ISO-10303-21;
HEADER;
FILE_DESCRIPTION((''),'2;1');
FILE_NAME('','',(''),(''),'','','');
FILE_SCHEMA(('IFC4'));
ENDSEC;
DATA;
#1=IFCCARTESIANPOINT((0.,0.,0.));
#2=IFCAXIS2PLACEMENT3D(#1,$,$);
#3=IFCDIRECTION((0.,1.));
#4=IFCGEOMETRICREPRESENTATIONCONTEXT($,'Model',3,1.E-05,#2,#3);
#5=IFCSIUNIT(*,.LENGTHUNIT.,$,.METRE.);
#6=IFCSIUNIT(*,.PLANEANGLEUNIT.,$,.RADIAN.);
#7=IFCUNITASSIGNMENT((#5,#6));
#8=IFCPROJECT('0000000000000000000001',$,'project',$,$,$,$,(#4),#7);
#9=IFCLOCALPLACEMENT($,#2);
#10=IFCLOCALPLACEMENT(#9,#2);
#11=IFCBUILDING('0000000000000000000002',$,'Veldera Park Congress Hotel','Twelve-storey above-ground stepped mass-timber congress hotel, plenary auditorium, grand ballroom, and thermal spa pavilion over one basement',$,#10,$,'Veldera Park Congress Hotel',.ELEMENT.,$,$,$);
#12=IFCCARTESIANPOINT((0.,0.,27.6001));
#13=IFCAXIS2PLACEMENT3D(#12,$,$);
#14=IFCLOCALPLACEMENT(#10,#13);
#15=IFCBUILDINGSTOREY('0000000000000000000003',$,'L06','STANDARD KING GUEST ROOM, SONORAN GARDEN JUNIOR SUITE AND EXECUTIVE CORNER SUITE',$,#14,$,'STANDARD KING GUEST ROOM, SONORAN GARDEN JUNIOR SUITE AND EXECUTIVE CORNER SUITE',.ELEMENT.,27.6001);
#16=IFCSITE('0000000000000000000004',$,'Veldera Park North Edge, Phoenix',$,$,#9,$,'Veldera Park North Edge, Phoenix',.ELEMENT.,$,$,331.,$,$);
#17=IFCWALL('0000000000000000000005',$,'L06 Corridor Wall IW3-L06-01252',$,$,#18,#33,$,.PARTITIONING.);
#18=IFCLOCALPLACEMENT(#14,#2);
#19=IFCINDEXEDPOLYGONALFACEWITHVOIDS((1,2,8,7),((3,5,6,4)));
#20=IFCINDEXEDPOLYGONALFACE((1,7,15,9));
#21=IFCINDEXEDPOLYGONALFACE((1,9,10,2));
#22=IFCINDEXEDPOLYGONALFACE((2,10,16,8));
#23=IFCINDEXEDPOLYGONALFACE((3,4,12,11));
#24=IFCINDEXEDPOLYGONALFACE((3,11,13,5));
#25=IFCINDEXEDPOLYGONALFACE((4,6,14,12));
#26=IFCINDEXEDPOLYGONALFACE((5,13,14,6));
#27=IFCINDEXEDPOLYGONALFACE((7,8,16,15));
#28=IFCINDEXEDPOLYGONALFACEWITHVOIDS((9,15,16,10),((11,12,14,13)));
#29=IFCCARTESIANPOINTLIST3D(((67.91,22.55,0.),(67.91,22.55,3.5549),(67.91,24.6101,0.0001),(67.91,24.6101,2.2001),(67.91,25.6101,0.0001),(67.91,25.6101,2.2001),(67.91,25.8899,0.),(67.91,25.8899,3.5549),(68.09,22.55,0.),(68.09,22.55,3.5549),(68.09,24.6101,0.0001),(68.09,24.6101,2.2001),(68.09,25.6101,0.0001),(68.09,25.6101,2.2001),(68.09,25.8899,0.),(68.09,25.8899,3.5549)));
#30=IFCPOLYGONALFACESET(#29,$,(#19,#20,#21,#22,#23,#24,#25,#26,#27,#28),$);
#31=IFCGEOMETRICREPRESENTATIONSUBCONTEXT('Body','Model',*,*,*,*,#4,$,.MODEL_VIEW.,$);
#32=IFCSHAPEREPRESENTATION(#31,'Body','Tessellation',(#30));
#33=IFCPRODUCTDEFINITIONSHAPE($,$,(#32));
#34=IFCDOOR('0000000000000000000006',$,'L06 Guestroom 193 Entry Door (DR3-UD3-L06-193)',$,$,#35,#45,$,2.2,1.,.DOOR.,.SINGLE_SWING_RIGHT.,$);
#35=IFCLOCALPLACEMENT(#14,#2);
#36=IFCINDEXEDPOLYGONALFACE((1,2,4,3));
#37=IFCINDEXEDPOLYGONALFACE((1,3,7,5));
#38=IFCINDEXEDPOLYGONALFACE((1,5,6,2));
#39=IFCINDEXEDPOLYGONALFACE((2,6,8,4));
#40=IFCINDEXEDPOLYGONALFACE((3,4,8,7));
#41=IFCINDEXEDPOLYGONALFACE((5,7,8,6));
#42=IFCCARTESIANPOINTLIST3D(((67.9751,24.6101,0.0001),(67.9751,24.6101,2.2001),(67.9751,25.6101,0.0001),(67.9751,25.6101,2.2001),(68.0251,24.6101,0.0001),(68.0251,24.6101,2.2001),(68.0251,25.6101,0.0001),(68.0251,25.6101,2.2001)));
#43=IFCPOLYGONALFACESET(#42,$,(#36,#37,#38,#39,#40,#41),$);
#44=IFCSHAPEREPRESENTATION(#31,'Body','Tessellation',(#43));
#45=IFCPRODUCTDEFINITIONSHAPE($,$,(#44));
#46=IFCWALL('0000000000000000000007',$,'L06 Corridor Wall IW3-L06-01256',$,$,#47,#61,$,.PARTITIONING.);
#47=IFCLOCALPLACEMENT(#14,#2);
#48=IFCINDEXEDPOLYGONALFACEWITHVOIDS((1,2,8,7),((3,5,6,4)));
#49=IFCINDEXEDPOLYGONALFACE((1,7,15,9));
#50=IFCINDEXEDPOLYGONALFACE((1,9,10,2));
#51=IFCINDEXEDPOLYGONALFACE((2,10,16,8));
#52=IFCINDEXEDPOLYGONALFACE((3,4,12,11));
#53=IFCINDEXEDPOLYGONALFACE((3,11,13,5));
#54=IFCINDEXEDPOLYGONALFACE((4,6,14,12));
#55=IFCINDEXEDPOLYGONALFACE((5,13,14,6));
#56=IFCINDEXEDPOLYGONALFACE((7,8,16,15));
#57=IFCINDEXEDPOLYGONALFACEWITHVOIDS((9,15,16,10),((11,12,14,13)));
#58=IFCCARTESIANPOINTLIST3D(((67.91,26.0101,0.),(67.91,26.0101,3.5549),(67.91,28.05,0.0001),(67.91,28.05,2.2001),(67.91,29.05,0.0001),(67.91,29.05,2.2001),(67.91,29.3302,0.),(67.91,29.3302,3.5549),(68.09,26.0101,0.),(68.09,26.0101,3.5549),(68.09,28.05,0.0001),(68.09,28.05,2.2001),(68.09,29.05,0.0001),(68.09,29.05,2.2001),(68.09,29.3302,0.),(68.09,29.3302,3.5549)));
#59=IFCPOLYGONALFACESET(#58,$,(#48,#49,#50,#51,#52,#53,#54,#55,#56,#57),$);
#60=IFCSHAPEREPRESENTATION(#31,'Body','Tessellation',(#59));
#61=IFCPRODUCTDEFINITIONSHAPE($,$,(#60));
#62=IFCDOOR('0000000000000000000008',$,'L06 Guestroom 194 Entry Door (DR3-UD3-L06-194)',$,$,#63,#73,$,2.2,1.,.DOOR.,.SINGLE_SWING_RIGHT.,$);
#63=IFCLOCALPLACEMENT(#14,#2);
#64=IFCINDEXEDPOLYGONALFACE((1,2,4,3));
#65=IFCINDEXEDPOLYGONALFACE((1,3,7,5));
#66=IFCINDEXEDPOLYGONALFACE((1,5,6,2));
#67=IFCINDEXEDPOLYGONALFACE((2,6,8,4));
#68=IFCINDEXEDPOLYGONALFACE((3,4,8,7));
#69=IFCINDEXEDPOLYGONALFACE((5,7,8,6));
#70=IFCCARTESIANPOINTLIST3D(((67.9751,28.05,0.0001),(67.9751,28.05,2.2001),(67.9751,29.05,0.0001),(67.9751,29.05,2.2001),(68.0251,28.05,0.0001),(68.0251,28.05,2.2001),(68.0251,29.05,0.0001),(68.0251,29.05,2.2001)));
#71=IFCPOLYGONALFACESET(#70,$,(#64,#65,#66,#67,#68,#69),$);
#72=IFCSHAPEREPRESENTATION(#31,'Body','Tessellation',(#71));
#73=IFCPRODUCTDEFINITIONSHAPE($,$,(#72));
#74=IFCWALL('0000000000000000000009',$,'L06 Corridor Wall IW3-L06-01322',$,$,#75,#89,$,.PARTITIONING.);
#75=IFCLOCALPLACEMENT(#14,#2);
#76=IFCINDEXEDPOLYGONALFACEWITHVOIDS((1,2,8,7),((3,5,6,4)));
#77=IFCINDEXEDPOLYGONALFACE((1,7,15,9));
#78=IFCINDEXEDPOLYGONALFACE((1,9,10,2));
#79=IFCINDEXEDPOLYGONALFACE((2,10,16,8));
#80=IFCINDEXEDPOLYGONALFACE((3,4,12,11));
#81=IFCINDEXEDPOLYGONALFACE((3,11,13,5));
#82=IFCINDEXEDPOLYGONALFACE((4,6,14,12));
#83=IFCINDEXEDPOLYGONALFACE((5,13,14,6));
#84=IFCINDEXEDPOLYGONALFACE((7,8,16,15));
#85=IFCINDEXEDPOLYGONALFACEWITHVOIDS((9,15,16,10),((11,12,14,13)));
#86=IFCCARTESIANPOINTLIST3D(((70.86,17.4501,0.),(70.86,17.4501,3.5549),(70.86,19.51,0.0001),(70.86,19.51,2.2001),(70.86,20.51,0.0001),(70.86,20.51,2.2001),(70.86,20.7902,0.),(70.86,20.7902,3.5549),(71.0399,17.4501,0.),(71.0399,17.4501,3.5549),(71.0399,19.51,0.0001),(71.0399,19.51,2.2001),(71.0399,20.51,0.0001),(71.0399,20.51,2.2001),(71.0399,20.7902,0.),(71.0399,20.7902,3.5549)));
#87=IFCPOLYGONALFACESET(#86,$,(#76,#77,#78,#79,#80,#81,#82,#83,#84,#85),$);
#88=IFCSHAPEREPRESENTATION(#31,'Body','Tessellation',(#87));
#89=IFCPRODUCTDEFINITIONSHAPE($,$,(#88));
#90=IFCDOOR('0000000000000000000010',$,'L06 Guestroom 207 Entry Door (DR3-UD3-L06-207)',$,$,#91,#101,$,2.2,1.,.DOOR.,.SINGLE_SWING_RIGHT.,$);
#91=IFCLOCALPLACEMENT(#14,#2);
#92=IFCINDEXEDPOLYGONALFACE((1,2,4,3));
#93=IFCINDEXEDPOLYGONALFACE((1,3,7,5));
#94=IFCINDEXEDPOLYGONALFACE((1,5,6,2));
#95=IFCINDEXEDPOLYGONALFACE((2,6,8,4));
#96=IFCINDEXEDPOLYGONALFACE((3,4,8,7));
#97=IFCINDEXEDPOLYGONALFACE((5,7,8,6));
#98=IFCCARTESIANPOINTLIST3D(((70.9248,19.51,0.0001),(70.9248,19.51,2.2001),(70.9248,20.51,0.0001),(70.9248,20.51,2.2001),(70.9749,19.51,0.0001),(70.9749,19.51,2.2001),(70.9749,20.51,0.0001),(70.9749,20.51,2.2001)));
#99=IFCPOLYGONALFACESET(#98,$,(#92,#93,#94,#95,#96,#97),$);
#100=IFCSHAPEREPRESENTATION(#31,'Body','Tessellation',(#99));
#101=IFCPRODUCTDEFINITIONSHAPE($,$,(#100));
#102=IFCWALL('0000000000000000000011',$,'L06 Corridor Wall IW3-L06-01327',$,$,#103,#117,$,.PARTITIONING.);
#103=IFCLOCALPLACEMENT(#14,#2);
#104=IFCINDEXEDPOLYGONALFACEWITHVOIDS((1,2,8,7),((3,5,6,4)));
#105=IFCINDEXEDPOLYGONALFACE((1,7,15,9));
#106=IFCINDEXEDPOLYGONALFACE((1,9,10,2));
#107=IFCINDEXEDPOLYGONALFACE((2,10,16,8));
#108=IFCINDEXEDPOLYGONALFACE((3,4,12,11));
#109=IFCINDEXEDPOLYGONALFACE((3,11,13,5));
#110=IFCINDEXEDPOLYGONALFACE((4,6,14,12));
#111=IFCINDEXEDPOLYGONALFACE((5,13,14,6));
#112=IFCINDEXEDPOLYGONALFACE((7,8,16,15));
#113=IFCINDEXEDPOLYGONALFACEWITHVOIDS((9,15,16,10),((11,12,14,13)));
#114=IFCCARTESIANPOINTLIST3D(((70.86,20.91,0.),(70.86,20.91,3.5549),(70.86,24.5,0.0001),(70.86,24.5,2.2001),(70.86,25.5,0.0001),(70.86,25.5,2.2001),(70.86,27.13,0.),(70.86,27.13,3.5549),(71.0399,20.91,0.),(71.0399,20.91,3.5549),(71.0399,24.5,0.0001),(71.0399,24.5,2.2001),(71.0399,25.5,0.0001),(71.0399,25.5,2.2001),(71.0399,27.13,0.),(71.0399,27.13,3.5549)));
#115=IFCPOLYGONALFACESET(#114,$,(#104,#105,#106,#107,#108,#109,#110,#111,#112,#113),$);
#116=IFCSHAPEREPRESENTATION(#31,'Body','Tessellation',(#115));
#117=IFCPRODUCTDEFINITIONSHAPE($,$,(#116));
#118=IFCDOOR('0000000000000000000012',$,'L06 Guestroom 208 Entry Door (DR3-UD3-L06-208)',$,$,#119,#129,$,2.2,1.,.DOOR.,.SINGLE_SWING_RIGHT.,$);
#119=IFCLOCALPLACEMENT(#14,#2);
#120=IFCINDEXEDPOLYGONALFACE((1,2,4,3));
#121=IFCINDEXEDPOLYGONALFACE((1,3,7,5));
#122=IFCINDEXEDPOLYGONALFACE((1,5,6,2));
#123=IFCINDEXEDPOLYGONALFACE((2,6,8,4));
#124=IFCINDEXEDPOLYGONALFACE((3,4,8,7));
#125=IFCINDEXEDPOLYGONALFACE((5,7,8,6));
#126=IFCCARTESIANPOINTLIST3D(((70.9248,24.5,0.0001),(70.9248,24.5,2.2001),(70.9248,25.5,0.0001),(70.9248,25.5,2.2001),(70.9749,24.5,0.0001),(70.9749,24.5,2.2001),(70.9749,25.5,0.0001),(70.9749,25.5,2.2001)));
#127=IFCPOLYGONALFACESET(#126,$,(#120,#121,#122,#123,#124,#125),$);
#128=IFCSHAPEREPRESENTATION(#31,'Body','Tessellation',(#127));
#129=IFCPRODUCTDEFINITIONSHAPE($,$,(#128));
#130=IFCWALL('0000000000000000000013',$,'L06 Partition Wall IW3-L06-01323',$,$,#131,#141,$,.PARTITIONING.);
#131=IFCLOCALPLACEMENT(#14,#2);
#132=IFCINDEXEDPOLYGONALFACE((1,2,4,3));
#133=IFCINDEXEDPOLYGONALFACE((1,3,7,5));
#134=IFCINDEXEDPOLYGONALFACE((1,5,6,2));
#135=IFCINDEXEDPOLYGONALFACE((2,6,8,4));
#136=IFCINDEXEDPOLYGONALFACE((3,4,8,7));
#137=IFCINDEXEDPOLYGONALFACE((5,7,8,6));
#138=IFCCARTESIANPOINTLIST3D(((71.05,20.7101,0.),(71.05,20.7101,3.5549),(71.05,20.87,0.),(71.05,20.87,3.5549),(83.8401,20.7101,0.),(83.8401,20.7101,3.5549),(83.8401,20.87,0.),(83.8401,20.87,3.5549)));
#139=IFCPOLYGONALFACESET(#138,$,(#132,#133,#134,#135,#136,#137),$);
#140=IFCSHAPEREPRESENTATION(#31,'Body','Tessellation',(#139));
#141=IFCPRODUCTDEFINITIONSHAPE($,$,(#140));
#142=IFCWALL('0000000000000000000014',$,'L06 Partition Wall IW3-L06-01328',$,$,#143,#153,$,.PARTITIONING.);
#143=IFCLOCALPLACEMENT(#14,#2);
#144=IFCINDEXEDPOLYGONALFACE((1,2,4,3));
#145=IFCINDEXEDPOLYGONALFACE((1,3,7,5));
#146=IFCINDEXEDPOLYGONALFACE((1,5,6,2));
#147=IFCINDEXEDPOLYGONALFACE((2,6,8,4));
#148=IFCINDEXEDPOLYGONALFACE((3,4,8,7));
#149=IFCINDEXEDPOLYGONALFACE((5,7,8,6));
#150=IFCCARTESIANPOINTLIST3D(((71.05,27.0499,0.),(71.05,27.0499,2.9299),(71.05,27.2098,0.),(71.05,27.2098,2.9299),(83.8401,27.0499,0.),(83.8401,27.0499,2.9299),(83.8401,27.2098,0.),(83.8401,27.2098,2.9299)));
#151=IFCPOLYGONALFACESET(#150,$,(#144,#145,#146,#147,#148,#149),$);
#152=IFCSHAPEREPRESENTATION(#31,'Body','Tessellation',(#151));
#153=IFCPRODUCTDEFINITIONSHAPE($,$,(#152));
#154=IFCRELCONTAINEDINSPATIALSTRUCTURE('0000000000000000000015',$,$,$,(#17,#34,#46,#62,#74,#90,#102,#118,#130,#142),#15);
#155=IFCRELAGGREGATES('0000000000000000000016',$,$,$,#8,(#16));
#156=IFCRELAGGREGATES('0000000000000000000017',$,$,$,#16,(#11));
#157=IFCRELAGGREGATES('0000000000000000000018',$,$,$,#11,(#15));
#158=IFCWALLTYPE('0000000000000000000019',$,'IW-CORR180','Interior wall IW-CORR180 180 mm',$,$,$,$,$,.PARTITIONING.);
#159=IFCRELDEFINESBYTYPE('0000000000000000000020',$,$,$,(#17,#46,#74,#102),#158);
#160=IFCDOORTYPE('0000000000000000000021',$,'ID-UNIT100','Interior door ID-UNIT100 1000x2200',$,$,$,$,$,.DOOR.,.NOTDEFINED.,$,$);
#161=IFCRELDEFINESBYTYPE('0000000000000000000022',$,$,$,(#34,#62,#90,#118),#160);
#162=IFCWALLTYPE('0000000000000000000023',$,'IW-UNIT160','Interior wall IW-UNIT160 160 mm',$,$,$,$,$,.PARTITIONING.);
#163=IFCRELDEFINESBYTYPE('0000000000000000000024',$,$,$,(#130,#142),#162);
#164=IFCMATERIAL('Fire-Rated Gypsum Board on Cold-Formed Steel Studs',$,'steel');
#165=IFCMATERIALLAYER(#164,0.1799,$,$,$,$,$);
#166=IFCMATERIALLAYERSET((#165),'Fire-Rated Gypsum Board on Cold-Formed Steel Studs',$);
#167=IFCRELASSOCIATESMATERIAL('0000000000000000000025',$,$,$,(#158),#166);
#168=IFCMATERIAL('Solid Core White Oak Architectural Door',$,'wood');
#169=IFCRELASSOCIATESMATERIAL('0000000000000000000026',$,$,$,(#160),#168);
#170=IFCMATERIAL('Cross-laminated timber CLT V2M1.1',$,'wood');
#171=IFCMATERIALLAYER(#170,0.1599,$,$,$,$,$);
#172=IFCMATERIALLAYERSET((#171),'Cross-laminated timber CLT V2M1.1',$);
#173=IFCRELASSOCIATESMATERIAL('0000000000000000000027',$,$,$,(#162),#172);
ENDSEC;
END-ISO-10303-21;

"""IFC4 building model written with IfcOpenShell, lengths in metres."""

from ifc_helpers import new_model, si_unit, direction, frame, frame_2d, origin, place, context, subcontext, project, spatial, rectangle, extrude, material, layer, layer_set, type_object, element, fill, save


model = new_model("IFC4")

# Units and contexts
model_context = context("Model", 3, precision=1e-05, world=origin(), true_north=direction((0.0, 1.0)))
body_context = subcontext(model_context, "Body", "Model", "MODEL_VIEW")
ifc_project = project(units=[si_unit("LENGTHUNIT", "METRE"), si_unit("PLANEANGLEUNIT", "RADIAN")], contexts=[model_context])

# Site, building, storey
site_placement = place(None, origin())
site = spatial("IfcSite", under=ifc_project, at=site_placement, Name="Veldera Park North Edge, Phoenix", LongName="Veldera Park North Edge, Phoenix", CompositionType="ELEMENT", RefElevation=331.0)
building_placement = place(site_placement, origin())
building = spatial("IfcBuilding", under=site, at=building_placement, Name="Veldera Park Congress Hotel", Description="Twelve-storey above-ground stepped mass-timber congress hotel, plenary auditorium, grand ballroom, and thermal spa pavilion over one basement", LongName="Veldera Park Congress Hotel", CompositionType="ELEMENT")
storey_placement = place(building_placement, frame((0.0, 0.0, 27.6001)))
storey = spatial("IfcBuildingStorey", under=building, at=storey_placement, Name="L06", Description="STANDARD KING GUEST ROOM, SONORAN GARDEN JUNIOR SUITE AND EXECUTIVE CORNER SUITE", LongName="STANDARD KING GUEST ROOM, SONORAN GARDEN JUNIOR SUITE AND EXECUTIVE CORNER SUITE", CompositionType="ELEMENT", Elevation=27.6001)

# Shared definitions
ifc_material_1 = material(Name="Fire-Rated Gypsum Board on Cold-Formed Steel Studs", Category="steel")

# Shared definitions
ifc_material_2 = material(Name="Solid Core White Oak Architectural Door", Category="wood")

# Walls, openings, doors
ifc_layer_1 = layer(ifc_material_1, 0.1799)
ifc_layer_set_1 = layer_set([ifc_layer_1], Name="Fire-Rated Gypsum Board on Cold-Formed Steel Studs")
wall_type_1 = type_object("IfcWallType", Name="IW-CORR180", Description="Interior wall IW-CORR180 180 mm", PredefinedType="PARTITIONING", material=ifc_layer_set_1)
door_type_1 = type_object("IfcDoorType", Name="ID-UNIT100", Description="Interior door ID-UNIT100 1000x2200", OperationType="NOTDEFINED", PredefinedType="DOOR", material=ifc_material_2)
wall_1_placement = place(storey_placement, frame((68.0, 22.55, 0.0), z_axis=(0.0, 0.0, 1.0), x_axis=(0.0, 1.0, 0.0)))
wall_1 = element("IfcWall", 1, at=wall_1_placement, inside=storey, type_object=wall_type_1, Name="L06 Corridor Wall IW3-L06-01252", PredefinedType="PARTITIONING", context=body_context, shape_type="SweptSolid", body=[
    extrude(rectangle(XDim=3.3398, YDim=0.1799, at=frame_2d((1.6699, 0.0))), origin(), (0.0, 0.0, 1.0), 3.5549),
])
opening_1_placement = place(wall_1_placement, frame((2.0601, 0.0, 0.0)))
opening_1 = element("IfcOpeningElement", 2, at=opening_1_placement, cuts=wall_1, PredefinedType="OPENING", context=body_context, shape_type="SweptSolid", body=[
    extrude(rectangle(XDim=1.0, YDim=2.2, at=frame_2d((0.5, 1.1001))), frame((0.0, 0.1021, 0.0), z_axis=(0.0, -1.0, 0.0), x_axis=(1.0, 0.0, 0.0)), (0.0, 0.0, 1.0), 0.2039),
])
door_1_placement = place(opening_1_placement, origin())
door_1 = element("IfcDoor", 3, at=door_1_placement, inside=storey, type_object=door_type_1, Name="L06 Guestroom 193 Entry Door (DR3-UD3-L06-193)", OperationType="SINGLE_SWING_RIGHT", OverallHeight=2.2, OverallWidth=1.0, PredefinedType="DOOR", context=body_context, shape_type="SweptSolid", body=[
    extrude(rectangle(XDim=1.0, YDim=2.2, at=frame_2d((0.5, 1.1001))), frame((0.0, 0.0249, 0.0), z_axis=(0.0, -1.0, 0.0), x_axis=(1.0, 0.0, 0.0)), (0.0, 0.0, 1.0), 0.05),
])
fill(opening_1, door_1)
wall_2_placement = place(storey_placement, frame((68.0, 26.01, 0.0), z_axis=(0.0, 0.0, 1.0), x_axis=(0.0, 1.0, 0.0)))
wall_2 = element("IfcWall", 4, at=wall_2_placement, inside=storey, type_object=wall_type_1, Name="L06 Corridor Wall IW3-L06-01256", PredefinedType="PARTITIONING", context=body_context, shape_type="SweptSolid", body=[
    extrude(rectangle(XDim=3.3201, YDim=0.1799, at=frame_2d((1.6602, 0.0))), origin(), (0.0, 0.0, 1.0), 3.5549),
])
opening_2_placement = place(wall_2_placement, frame((2.04, 0.0, 0.0)))
opening_2 = element("IfcOpeningElement", 5, at=opening_2_placement, cuts=wall_2, PredefinedType="OPENING", context=body_context, shape_type="SweptSolid", body=[
    extrude(rectangle(XDim=1.0, YDim=2.2, at=frame_2d((0.5, 1.1001))), frame((0.0, 0.1021, 0.0), z_axis=(0.0, -1.0, 0.0), x_axis=(1.0, 0.0, 0.0)), (0.0, 0.0, 1.0), 0.2039),
])
door_2_placement = place(opening_2_placement, origin())
door_2 = element("IfcDoor", 6, at=door_2_placement, inside=storey, type_object=door_type_1, Name="L06 Guestroom 194 Entry Door (DR3-UD3-L06-194)", OperationType="SINGLE_SWING_RIGHT", OverallHeight=2.2, OverallWidth=1.0, PredefinedType="DOOR", context=body_context, shape_type="SweptSolid", body=[
    extrude(rectangle(XDim=1.0, YDim=2.2, at=frame_2d((0.5, 1.1001))), frame((0.0, 0.0249, 0.0), z_axis=(0.0, -1.0, 0.0), x_axis=(1.0, 0.0, 0.0)), (0.0, 0.0, 1.0), 0.05),
])
fill(opening_2, door_2)
wall_3_placement = place(storey_placement, frame((70.95, 20.79, 0.0), z_axis=(0.0, 0.0, 1.0), x_axis=(0.0, -1.0, 0.0)))
wall_3 = element("IfcWall", 7, at=wall_3_placement, inside=storey, type_object=wall_type_1, Name="L06 Corridor Wall IW3-L06-01322", PredefinedType="PARTITIONING", context=body_context, shape_type="SweptSolid", body=[
    extrude(rectangle(XDim=3.3401, YDim=0.1799, at=frame_2d((1.6699, 0.0))), origin(), (0.0, 0.0, 1.0), 3.5549),
])
opening_3_placement = place(wall_3_placement, frame((0.28, 0.0, 0.0)))
opening_3 = element("IfcOpeningElement", 8, at=opening_3_placement, cuts=wall_3, PredefinedType="OPENING", context=body_context, shape_type="SweptSolid", body=[
    extrude(rectangle(XDim=1.0, YDim=2.2, at=frame_2d((0.5, 1.1001))), frame((0.0, 0.1021, 0.0), z_axis=(0.0, -1.0, 0.0), x_axis=(1.0, 0.0, 0.0)), (0.0, 0.0, 1.0), 0.2039),
])
door_3_placement = place(opening_3_placement, origin())
door_3 = element("IfcDoor", 9, at=door_3_placement, inside=storey, type_object=door_type_1, Name="L06 Guestroom 207 Entry Door (DR3-UD3-L06-207)", OperationType="SINGLE_SWING_RIGHT", OverallHeight=2.2, OverallWidth=1.0, PredefinedType="DOOR", context=body_context, shape_type="SweptSolid", body=[
    extrude(rectangle(XDim=1.0, YDim=2.2, at=frame_2d((0.5, 1.1001))), frame((0.0, 0.0249, 0.0), z_axis=(0.0, -1.0, 0.0), x_axis=(1.0, 0.0, 0.0)), (0.0, 0.0, 1.0), 0.05),
])
fill(opening_3, door_3)
wall_4_placement = place(storey_placement, frame((70.95, 27.1299, 0.0), z_axis=(0.0, 0.0, 1.0), x_axis=(0.0, -1.0, 0.0)))
wall_4 = element("IfcWall", 10, at=wall_4_placement, inside=storey, type_object=wall_type_1, Name="L06 Corridor Wall IW3-L06-01327", PredefinedType="PARTITIONING", context=body_context, shape_type="SweptSolid", body=[
    extrude(rectangle(XDim=6.22, YDim=0.1799, at=frame_2d((3.1099, 0.0))), origin(), (0.0, 0.0, 1.0), 3.5549),
])
opening_4_placement = place(wall_4_placement, frame((1.6299, 0.0, 0.0)))
opening_4 = element("IfcOpeningElement", 11, at=opening_4_placement, cuts=wall_4, PredefinedType="OPENING", context=body_context, shape_type="SweptSolid", body=[
    extrude(rectangle(XDim=1.0, YDim=2.2, at=frame_2d((0.5, 1.1001))), frame((0.0, 0.1021, 0.0), z_axis=(0.0, -1.0, 0.0), x_axis=(1.0, 0.0, 0.0)), (0.0, 0.0, 1.0), 0.2039),
])
door_4_placement = place(opening_4_placement, origin())
door_4 = element("IfcDoor", 12, at=door_4_placement, inside=storey, type_object=door_type_1, Name="L06 Guestroom 208 Entry Door (DR3-UD3-L06-208)", OperationType="SINGLE_SWING_RIGHT", OverallHeight=2.2, OverallWidth=1.0, PredefinedType="DOOR", context=body_context, shape_type="SweptSolid", body=[
    extrude(rectangle(XDim=1.0, YDim=2.2, at=frame_2d((0.5, 1.1001))), frame((0.0, 0.0249, 0.0), z_axis=(0.0, -1.0, 0.0), x_axis=(1.0, 0.0, 0.0)), (0.0, 0.0, 1.0), 0.05),
])
fill(opening_4, door_4)

# Walls
ifc_material_3 = material(Name="Cross-laminated timber CLT V2M1.1", Category="wood")
ifc_layer_2 = layer(ifc_material_3, 0.1599)
ifc_layer_set_2 = layer_set([ifc_layer_2], Name="Cross-laminated timber CLT V2M1.1")
wall_type_2 = type_object("IfcWallType", Name="IW-UNIT160", Description="Interior wall IW-UNIT160 160 mm", PredefinedType="PARTITIONING", material=ifc_layer_set_2)
wall_5_placement = place(storey_placement, frame((71.05, 20.79, 0.0), z_axis=(0.0, 0.0, 1.0), x_axis=(1.0, 0.0, 0.0)))
element("IfcWall", 13, at=wall_5_placement, inside=storey, type_object=wall_type_2, Name="L06 Partition Wall IW3-L06-01323", PredefinedType="PARTITIONING", context=body_context, shape_type="SweptSolid", body=[
    extrude(rectangle(XDim=12.79, YDim=0.1599, at=frame_2d((6.395, 0.0))), origin(), (0.0, 0.0, 1.0), 3.5549),
])
wall_6_placement = place(storey_placement, frame((71.05, 27.1299, 0.0), z_axis=(0.0, 0.0, 1.0), x_axis=(1.0, 0.0, 0.0)))
element("IfcWall", 14, at=wall_6_placement, inside=storey, type_object=wall_type_2, Name="L06 Partition Wall IW3-L06-01328", PredefinedType="PARTITIONING", context=body_context, shape_type="SweptSolid", body=[
    extrude(rectangle(XDim=12.79, YDim=0.1599, at=frame_2d((6.395, 0.0))), origin(), (0.0, 0.0, 1.0), 2.9299),
])

save(model, "model.ifc")
